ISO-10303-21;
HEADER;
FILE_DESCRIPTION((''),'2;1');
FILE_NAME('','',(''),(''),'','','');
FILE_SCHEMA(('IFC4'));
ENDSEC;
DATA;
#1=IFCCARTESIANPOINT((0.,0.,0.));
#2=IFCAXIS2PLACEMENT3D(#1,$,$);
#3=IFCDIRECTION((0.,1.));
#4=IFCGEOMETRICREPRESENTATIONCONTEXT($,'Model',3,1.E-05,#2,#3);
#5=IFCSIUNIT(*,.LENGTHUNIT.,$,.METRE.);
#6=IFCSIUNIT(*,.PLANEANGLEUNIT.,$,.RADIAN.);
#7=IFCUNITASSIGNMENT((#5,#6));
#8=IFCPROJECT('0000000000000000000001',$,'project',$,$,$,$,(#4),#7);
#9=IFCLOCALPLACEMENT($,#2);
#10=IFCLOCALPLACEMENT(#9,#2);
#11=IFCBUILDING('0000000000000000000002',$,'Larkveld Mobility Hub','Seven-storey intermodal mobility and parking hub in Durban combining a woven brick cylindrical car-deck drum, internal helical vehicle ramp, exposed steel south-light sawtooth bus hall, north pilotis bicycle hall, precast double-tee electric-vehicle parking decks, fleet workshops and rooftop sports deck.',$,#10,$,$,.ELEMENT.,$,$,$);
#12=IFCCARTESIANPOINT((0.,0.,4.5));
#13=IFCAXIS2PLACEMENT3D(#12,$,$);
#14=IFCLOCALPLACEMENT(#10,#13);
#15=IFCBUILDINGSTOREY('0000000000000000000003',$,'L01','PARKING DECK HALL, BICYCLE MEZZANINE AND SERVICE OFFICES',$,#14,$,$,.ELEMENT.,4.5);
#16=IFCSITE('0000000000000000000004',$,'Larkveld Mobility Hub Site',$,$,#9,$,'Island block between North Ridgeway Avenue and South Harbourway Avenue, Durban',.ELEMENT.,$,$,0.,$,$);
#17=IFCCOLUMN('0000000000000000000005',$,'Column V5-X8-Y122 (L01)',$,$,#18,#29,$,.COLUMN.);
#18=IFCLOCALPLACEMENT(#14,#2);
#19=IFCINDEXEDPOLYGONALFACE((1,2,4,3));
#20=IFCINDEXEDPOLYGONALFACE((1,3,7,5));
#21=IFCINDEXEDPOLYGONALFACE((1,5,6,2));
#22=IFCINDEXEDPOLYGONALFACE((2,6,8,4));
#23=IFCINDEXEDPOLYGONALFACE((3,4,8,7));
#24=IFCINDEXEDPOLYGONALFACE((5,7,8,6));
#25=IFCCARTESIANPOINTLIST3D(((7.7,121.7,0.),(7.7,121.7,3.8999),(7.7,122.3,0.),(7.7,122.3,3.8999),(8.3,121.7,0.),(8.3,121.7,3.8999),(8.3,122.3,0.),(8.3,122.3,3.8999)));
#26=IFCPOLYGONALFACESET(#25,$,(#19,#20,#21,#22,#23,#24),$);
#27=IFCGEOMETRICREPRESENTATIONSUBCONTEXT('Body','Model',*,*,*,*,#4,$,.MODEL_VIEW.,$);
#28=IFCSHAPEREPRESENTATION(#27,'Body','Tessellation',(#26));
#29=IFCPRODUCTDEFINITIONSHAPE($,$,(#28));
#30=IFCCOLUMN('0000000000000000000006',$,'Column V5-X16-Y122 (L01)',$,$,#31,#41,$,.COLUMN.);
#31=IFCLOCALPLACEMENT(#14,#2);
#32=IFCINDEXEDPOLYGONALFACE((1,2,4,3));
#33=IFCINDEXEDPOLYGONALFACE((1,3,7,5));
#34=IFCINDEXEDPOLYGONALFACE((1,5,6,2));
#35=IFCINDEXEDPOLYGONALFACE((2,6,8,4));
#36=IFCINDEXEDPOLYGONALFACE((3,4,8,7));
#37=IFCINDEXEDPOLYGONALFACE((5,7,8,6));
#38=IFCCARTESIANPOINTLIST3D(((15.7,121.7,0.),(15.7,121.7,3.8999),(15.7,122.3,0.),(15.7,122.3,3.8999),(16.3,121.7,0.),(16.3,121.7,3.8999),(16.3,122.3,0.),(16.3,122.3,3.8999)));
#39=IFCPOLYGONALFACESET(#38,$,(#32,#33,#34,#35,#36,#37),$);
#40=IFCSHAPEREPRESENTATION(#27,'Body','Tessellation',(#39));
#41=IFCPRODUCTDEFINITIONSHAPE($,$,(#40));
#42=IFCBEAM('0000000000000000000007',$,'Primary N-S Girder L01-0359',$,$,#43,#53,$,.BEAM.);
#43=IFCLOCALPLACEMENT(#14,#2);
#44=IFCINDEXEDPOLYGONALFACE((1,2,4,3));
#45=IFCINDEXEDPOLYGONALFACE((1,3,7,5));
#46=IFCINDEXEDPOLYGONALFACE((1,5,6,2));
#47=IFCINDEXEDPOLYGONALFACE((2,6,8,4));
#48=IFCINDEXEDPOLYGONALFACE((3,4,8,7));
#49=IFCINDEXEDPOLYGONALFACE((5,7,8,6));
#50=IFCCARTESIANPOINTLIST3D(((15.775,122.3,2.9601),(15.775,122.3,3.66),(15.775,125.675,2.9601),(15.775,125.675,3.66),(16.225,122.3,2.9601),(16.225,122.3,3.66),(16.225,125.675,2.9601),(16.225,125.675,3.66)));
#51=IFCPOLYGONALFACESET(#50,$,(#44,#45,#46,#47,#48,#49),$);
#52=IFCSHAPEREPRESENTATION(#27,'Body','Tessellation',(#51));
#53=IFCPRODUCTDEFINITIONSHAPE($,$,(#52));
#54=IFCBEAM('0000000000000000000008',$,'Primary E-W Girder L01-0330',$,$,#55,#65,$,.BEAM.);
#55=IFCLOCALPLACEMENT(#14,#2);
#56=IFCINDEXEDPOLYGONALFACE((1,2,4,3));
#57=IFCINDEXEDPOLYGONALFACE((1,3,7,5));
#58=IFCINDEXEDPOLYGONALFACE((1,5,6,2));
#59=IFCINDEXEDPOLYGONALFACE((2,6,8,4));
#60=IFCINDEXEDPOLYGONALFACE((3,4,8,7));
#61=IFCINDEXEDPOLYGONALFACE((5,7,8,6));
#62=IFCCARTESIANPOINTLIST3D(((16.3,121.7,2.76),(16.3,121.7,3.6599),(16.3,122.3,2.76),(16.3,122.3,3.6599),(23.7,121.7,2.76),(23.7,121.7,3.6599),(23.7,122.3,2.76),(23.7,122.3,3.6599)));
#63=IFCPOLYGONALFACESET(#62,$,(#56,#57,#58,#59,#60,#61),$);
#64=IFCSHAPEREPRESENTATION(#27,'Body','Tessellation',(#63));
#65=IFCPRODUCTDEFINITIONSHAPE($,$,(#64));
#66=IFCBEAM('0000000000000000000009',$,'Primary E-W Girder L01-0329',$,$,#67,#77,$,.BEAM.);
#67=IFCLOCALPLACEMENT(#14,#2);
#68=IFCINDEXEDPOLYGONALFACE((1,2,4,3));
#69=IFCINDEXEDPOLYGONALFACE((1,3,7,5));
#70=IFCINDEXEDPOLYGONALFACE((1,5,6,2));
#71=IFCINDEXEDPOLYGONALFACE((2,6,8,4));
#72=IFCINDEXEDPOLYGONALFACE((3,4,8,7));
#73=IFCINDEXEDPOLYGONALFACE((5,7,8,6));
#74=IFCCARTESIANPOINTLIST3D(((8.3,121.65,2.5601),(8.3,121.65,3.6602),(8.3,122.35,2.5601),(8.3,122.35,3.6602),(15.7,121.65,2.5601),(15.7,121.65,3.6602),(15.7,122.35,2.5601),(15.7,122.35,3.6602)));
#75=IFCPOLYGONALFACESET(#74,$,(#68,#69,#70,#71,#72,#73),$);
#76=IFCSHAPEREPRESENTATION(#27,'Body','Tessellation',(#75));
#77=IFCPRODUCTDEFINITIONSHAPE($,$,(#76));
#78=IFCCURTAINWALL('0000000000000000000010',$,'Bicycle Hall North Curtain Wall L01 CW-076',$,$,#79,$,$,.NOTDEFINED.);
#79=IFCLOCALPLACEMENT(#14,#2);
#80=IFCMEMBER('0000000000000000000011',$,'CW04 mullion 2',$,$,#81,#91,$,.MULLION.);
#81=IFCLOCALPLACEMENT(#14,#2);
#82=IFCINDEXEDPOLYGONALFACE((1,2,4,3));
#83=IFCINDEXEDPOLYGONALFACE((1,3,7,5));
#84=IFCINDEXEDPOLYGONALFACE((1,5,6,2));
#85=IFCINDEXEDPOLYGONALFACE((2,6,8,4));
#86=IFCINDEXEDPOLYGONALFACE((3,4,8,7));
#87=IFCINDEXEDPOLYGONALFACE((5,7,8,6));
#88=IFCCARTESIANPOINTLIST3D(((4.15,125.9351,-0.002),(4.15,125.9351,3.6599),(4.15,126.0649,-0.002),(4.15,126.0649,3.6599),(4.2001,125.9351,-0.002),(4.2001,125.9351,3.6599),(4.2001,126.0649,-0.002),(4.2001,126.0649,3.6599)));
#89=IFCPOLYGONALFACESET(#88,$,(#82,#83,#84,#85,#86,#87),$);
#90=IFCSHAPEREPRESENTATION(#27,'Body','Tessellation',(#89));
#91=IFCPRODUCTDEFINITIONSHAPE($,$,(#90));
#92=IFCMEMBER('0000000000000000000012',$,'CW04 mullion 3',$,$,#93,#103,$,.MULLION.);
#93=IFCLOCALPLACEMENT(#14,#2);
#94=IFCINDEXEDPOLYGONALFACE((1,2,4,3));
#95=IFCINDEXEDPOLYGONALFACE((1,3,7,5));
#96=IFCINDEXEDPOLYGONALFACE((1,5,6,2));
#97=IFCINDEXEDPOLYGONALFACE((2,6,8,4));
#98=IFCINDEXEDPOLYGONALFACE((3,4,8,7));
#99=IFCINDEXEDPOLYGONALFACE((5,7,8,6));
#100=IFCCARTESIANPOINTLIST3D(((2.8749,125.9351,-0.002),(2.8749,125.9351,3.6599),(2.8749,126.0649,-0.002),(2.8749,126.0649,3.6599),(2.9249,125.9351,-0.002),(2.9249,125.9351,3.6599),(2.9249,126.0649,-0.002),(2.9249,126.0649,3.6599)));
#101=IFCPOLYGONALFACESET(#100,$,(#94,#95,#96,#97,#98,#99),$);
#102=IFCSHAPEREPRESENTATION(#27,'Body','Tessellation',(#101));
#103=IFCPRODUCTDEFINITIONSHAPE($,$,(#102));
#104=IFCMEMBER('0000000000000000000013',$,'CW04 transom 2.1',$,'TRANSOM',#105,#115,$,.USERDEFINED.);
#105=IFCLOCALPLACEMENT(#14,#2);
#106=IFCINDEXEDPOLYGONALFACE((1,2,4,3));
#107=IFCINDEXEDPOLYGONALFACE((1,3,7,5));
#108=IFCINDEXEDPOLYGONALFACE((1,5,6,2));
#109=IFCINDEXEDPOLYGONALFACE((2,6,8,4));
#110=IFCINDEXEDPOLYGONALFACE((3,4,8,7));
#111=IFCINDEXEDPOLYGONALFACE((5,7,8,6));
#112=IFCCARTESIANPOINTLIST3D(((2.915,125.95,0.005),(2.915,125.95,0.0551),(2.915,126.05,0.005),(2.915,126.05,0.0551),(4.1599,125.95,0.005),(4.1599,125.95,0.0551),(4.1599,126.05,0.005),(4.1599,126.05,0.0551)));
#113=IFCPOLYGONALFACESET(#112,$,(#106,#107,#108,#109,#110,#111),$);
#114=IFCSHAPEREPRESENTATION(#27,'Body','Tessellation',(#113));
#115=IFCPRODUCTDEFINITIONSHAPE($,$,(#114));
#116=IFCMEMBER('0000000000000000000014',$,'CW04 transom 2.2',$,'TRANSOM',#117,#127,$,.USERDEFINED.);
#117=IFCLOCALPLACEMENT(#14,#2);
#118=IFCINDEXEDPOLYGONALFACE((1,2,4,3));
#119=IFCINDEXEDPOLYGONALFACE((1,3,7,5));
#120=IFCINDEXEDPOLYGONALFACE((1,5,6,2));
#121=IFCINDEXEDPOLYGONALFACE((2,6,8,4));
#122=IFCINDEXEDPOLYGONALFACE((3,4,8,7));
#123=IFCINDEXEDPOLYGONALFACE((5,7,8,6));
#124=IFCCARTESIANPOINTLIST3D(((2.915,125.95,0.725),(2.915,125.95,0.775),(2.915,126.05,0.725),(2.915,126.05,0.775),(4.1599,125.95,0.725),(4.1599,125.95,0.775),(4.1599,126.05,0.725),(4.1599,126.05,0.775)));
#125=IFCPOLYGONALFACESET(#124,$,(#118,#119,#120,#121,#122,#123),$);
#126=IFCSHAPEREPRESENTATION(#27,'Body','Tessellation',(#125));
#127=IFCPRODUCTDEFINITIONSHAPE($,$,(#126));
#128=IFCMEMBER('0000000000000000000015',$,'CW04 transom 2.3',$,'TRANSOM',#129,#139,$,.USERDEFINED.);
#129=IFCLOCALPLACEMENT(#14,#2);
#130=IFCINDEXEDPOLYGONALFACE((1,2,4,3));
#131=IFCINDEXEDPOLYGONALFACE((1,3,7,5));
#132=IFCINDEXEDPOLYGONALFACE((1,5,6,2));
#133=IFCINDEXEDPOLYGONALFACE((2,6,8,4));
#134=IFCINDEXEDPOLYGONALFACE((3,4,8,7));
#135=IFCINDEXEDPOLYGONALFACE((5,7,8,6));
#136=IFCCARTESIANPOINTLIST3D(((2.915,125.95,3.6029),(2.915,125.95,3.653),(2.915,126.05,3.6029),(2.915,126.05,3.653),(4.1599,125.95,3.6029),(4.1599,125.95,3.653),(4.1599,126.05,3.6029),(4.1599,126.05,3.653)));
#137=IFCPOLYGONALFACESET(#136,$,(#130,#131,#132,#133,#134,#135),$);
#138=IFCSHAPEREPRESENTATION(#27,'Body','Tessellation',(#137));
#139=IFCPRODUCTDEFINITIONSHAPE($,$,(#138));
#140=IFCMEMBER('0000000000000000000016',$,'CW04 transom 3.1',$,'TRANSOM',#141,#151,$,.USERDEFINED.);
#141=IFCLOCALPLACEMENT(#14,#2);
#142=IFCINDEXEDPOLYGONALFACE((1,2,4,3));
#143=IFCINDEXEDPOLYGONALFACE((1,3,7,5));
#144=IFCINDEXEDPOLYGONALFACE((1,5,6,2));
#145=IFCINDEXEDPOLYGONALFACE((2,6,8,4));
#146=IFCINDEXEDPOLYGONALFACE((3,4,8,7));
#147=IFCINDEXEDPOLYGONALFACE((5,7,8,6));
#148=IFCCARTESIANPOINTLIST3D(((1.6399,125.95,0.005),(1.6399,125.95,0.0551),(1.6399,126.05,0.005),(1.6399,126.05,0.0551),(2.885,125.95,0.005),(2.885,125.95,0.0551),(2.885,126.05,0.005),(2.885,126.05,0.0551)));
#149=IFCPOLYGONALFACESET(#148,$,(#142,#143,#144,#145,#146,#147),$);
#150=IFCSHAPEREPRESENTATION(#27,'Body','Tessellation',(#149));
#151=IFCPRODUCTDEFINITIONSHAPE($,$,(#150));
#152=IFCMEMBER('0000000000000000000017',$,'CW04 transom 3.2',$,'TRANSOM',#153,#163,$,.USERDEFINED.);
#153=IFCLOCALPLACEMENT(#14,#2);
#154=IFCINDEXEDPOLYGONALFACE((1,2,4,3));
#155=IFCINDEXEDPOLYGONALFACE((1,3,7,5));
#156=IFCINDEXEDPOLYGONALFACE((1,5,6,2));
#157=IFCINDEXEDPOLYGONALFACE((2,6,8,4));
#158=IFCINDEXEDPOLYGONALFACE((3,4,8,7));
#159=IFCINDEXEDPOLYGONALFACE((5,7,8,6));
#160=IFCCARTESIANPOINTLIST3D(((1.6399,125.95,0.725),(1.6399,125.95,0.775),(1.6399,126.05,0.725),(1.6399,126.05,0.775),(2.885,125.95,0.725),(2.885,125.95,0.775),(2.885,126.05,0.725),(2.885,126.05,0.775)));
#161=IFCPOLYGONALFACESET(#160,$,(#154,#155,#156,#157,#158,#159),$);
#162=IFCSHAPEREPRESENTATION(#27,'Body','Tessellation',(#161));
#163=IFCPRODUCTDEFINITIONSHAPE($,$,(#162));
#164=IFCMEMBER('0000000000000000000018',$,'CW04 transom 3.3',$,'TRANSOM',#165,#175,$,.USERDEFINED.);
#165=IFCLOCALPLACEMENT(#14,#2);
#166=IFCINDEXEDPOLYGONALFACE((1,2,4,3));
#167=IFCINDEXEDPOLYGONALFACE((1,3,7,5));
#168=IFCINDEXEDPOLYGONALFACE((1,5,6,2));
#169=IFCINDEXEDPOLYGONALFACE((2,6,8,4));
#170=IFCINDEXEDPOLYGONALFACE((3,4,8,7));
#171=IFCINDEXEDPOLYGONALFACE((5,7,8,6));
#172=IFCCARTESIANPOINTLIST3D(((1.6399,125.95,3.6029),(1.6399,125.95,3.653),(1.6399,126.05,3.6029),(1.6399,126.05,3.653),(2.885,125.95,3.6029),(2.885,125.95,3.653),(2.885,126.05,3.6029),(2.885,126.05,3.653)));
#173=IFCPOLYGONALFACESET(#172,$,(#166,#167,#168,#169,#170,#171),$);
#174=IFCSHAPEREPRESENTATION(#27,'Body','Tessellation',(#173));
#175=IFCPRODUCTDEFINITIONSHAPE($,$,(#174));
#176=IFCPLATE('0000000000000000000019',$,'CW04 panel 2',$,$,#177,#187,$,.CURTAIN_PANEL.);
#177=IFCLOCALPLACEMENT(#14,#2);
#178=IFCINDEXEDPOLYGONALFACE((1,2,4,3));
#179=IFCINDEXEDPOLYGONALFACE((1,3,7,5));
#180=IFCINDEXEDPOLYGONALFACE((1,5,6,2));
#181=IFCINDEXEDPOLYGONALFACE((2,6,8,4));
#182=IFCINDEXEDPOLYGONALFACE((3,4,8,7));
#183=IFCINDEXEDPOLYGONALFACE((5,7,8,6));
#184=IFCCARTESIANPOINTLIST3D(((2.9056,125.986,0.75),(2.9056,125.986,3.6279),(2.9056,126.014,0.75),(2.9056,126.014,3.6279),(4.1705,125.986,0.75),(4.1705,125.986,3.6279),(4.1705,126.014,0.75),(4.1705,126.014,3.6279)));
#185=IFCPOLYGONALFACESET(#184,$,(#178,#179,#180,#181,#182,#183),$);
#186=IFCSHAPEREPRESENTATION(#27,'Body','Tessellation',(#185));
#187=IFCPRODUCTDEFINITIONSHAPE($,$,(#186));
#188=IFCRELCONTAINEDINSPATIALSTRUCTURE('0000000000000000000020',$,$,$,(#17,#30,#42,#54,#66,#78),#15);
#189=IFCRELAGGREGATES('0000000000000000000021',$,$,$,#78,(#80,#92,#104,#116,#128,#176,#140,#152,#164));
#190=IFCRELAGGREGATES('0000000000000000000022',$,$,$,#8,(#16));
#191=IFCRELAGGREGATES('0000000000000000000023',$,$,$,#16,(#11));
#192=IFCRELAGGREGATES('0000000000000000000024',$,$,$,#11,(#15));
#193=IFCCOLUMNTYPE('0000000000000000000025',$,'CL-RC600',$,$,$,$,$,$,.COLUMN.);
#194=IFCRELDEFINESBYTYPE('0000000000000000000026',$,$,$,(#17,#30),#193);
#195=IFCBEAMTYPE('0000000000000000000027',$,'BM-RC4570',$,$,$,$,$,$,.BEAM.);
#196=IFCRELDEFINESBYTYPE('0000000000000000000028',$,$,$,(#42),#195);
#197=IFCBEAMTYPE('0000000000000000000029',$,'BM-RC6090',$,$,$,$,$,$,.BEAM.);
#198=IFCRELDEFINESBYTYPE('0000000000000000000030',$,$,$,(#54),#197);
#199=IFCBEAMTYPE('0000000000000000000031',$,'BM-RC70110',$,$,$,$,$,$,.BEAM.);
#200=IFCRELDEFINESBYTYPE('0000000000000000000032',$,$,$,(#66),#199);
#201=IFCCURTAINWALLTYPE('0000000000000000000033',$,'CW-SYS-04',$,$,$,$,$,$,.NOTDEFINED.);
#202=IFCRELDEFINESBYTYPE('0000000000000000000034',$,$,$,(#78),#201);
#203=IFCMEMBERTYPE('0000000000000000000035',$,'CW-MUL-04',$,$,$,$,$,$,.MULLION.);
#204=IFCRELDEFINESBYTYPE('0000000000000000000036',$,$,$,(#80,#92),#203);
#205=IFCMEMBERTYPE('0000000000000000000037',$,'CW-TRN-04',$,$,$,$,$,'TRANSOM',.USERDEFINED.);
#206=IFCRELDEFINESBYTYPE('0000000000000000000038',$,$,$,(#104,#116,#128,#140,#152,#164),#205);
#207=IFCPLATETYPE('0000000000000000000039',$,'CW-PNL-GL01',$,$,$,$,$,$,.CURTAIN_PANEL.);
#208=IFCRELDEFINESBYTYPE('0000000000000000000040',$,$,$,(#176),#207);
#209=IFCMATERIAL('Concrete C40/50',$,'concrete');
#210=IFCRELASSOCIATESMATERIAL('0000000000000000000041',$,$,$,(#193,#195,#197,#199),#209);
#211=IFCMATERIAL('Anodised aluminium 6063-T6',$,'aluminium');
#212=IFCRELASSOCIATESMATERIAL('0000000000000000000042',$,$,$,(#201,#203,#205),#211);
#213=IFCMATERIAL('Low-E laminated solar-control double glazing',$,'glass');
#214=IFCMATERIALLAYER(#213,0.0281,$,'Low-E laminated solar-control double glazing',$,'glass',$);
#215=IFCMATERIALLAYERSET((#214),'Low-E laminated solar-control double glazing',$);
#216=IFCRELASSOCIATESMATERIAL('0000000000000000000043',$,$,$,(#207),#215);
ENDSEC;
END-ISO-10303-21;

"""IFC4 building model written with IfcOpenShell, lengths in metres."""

from ifc_helpers import new_model, si_unit, direction, frame, origin, origin_2d, place, context, subcontext, project, spatial, rectangle, extrude, material, layer, layer_set, material_profile, profile_set, type_object, element, aggregate, save


model = new_model("IFC4")

# Units and contexts
model_context = context("Model", 3, precision=1e-05, world=origin(), true_north=direction((0.0, 1.0)))
body_context = subcontext(model_context, "Body", "Model", "MODEL_VIEW")
ifc_project = project(units=[si_unit("LENGTHUNIT", "METRE"), si_unit("PLANEANGLEUNIT", "RADIAN")], contexts=[model_context])

# Site, building, storey
site_placement = place(None, origin())
site = spatial("IfcSite", under=ifc_project, at=site_placement, Name="Larkveld Mobility Hub Site", LongName="Island block between North Ridgeway Avenue and South Harbourway Avenue, Durban", CompositionType="ELEMENT", RefElevation=0.0)
building_placement = place(site_placement, origin())
building = spatial("IfcBuilding", under=site, at=building_placement, Name="Larkveld Mobility Hub", Description="Seven-storey intermodal mobility and parking hub in Durban combining a woven brick cylindrical car-deck drum, internal helical vehicle ramp, exposed steel south-light sawtooth bus hall, north pilotis bicycle hall, precast double-tee electric-vehicle parking decks, fleet workshops and rooftop sports deck.", CompositionType="ELEMENT")
storey_placement = place(building_placement, frame((0.0, 0.0, 4.5)))
storey = spatial("IfcBuildingStorey", under=building, at=storey_placement, Name="L01", Description="PARKING DECK HALL, BICYCLE MEZZANINE AND SERVICE OFFICES", CompositionType="ELEMENT", Elevation=4.5)

# Columns
ifc_material_1 = material(Name="Concrete C40/50", Category="concrete")
ifc_material_profile_1 = material_profile(ifc_material_1, rectangle(XDim=0.6001, YDim=0.6001, at=origin_2d()), Name="RC COL 600x600")
ifc_profile_set_1 = profile_set([ifc_material_profile_1], Name="Concrete C40/50")
column_type = type_object("IfcColumnType", Name="CL-RC600", PredefinedType="COLUMN", material=ifc_profile_set_1)
for number, where, z_axis, x_axis, name in (
    (1, (8.0, 122.0, 0.0), (0.0, 0.0, 1.0), (1.0, 0.0, 0.0), "Column V5-X8-Y122 (L01)"),
    (2, (16.0, 122.0, 0.0), (0.0, 0.0, 1.0), (1.0, 0.0, 0.0), "Column V5-X16-Y122 (L01)"),
):
    element("IfcColumn", number, at=place(storey_placement, frame(where, z_axis=z_axis, x_axis=x_axis)), inside=storey, type_object=column_type, Name=name, PredefinedType="COLUMN", context=body_context, shape_type="SweptSolid", body=[
        extrude(rectangle(XDim=0.6001, YDim=0.6001, at=origin_2d()), origin(), (0.0, 0.0, 1.0), 3.8999),
    ])

# Beams
ifc_material_profile_2 = material_profile(ifc_material_1, rectangle(XDim=0.45, YDim=0.7, at=origin_2d()), Name="RC BM 450x700")
ifc_profile_set_2 = profile_set([ifc_material_profile_2], Name="Concrete C40/50")
beam_type_1 = type_object("IfcBeamType", Name="BM-RC4570", PredefinedType="BEAM", material=ifc_profile_set_2)
beam_1_placement = place(storey_placement, frame((16.0, 122.3, 3.3101), z_axis=(0.0, 1.0, 0.0), x_axis=(-1.0, 0.0, 0.0)))
element("IfcBeam", 3, at=beam_1_placement, inside=storey, type_object=beam_type_1, Name="Primary N-S Girder L01-0359", PredefinedType="BEAM", context=body_context, shape_type="SweptSolid", body=[
    extrude(rectangle(XDim=0.45, YDim=0.7, at=origin_2d()), origin(), (0.0, 0.0, 1.0), 3.375),
])
ifc_material_profile_3 = material_profile(ifc_material_1, rectangle(XDim=0.6001, YDim=0.8999, at=origin_2d()), Name="RC BM 600x900")
ifc_profile_set_3 = profile_set([ifc_material_profile_3], Name="Concrete C40/50")
beam_type_2 = type_object("IfcBeamType", Name="BM-RC6090", PredefinedType="BEAM", material=ifc_profile_set_3)
beam_2_placement = place(storey_placement, frame((16.3, 122.0, 3.21), z_axis=(1.0, 0.0, 0.0), x_axis=(0.0, 1.0, 0.0)))
element("IfcBeam", 4, at=beam_2_placement, inside=storey, type_object=beam_type_2, Name="Primary E-W Girder L01-0330", PredefinedType="BEAM", context=body_context, shape_type="SweptSolid", body=[
    extrude(rectangle(XDim=0.6001, YDim=0.8999, at=origin_2d()), origin(), (0.0, 0.0, 1.0), 7.3999),
])
ifc_material_profile_4 = material_profile(ifc_material_1, rectangle(XDim=0.7, YDim=1.1001, at=origin_2d()), Name="RC BM 700x1100")
ifc_profile_set_4 = profile_set([ifc_material_profile_4], Name="Concrete C40/50")
beam_type_3 = type_object("IfcBeamType", Name="BM-RC70110", PredefinedType="BEAM", material=ifc_profile_set_4)
beam_3_placement = place(storey_placement, frame((8.3, 122.0, 3.1101), z_axis=(1.0, 0.0, 0.0), x_axis=(0.0, 1.0, 0.0)))
element("IfcBeam", 5, at=beam_3_placement, inside=storey, type_object=beam_type_3, Name="Primary E-W Girder L01-0329", PredefinedType="BEAM", context=body_context, shape_type="SweptSolid", body=[
    extrude(rectangle(XDim=0.7, YDim=1.1001, at=origin_2d()), origin(), (0.0, 0.0, 1.0), 7.3999),
])

# Curtain wall, members, plate
ifc_material_2 = material(Name="Anodised aluminium 6063-T6", Category="aluminium")
curtain_wall_type = type_object("IfcCurtainWallType", Name="CW-SYS-04", PredefinedType="NOTDEFINED", material=ifc_material_2)
curtain_wall_placement = place(storey_placement, origin())
curtain_wall = element("IfcCurtainWall", 6, at=curtain_wall_placement, inside=storey, type_object=curtain_wall_type, Name="Bicycle Hall North Curtain Wall L01 CW-076", PredefinedType="NOTDEFINED")
ifc_material_profile_5 = material_profile(ifc_material_2, rectangle(XDim=0.05, YDim=0.1299, at=origin_2d()), Name="ALU MULL 50x130")
ifc_profile_set_5 = profile_set([ifc_material_profile_5], Name="Anodised aluminium 6063-T6")
member_type_1 = type_object("IfcMemberType", Name="CW-MUL-04", PredefinedType="MULLION", material=ifc_profile_set_5)
member_1_placement = place(storey_placement, frame((4.175, 126.0, -0.002), z_axis=(0.0, 0.0, 1.0), x_axis=(-1.0, 0.0, 0.0)))
member_1 = element("IfcMember", 7, at=member_1_placement, type_object=member_type_1, Name="CW04 mullion 2", PredefinedType="MULLION", context=body_context, shape_type="SweptSolid", body=[
    extrude(rectangle(XDim=0.05, YDim=0.1299, at=origin_2d()), origin(), (0.0, 0.0, 1.0), 3.6619),
])
member_2_placement = place(storey_placement, frame((2.8999, 126.0, -0.002), z_axis=(0.0, 0.0, 1.0), x_axis=(-1.0, 0.0, 0.0)))
member_2 = element("IfcMember", 8, at=member_2_placement, type_object=member_type_1, Name="CW04 mullion 3", PredefinedType="MULLION", context=body_context, shape_type="SweptSolid", body=[
    extrude(rectangle(XDim=0.05, YDim=0.1299, at=origin_2d()), origin(), (0.0, 0.0, 1.0), 3.6619),
])
ifc_material_profile_6 = material_profile(ifc_material_2, rectangle(XDim=0.1001, YDim=0.05, at=origin_2d()), Name="ALU TRAN 50x100")
ifc_profile_set_6 = profile_set([ifc_material_profile_6], Name="Anodised aluminium 6063-T6")
member_type_2 = type_object("IfcMemberType", Name="CW-TRN-04", ElementType="TRANSOM", PredefinedType="USERDEFINED", material=ifc_profile_set_6)
member_3_placement = place(storey_placement, frame((4.1599, 126.0, 0.03), z_axis=(-1.0, 0.0, 0.0), x_axis=(0.0, -1.0, 0.0)))
member_3 = element("IfcMember", 9, at=member_3_placement, type_object=member_type_2, Name="CW04 transom 2.1", ObjectType="TRANSOM", PredefinedType="USERDEFINED", context=body_context, shape_type="SweptSolid", body=[
    extrude(rectangle(XDim=0.1001, YDim=0.05, at=origin_2d()), origin(), (0.0, 0.0, 1.0), 1.2449),
])
member_4_placement = place(storey_placement, frame((4.1599, 126.0, 0.75), z_axis=(-1.0, 0.0, 0.0), x_axis=(0.0, -1.0, 0.0)))
member_4 = element("IfcMember", 10, at=member_4_placement, type_object=member_type_2, Name="CW04 transom 2.2", ObjectType="TRANSOM", PredefinedType="USERDEFINED", context=body_context, shape_type="SweptSolid", body=[
    extrude(rectangle(XDim=0.1001, YDim=0.05, at=origin_2d()), origin(), (0.0, 0.0, 1.0), 1.2449),
])
member_5_placement = place(storey_placement, frame((4.1599, 126.0, 3.6279), z_axis=(-1.0, 0.0, 0.0), x_axis=(0.0, -1.0, 0.0)))
member_5 = element("IfcMember", 11, at=member_5_placement, type_object=member_type_2, Name="CW04 transom 2.3", ObjectType="TRANSOM", PredefinedType="USERDEFINED", context=body_context, shape_type="SweptSolid", body=[
    extrude(rectangle(XDim=0.1001, YDim=0.05, at=origin_2d()), origin(), (0.0, 0.0, 1.0), 1.2449),
])
member_6_placement = place(storey_placement, frame((2.885, 126.0, 0.03), z_axis=(-1.0, 0.0, 0.0), x_axis=(0.0, -1.0, 0.0)))
member_6 = element("IfcMember", 12, at=member_6_placement, type_object=member_type_2, Name="CW04 transom 3.1", ObjectType="TRANSOM", PredefinedType="USERDEFINED", context=body_context, shape_type="SweptSolid", body=[
    extrude(rectangle(XDim=0.1001, YDim=0.05, at=origin_2d()), origin(), (0.0, 0.0, 1.0), 1.2451),
])
member_7_placement = place(storey_placement, frame((2.885, 126.0, 0.75), z_axis=(-1.0, 0.0, 0.0), x_axis=(0.0, -1.0, 0.0)))
member_7 = element("IfcMember", 13, at=member_7_placement, type_object=member_type_2, Name="CW04 transom 3.2", ObjectType="TRANSOM", PredefinedType="USERDEFINED", context=body_context, shape_type="SweptSolid", body=[
    extrude(rectangle(XDim=0.1001, YDim=0.05, at=origin_2d()), origin(), (0.0, 0.0, 1.0), 1.2451),
])
member_8_placement = place(storey_placement, frame((2.885, 126.0, 3.6279), z_axis=(-1.0, 0.0, 0.0), x_axis=(0.0, -1.0, 0.0)))
member_8 = element("IfcMember", 14, at=member_8_placement, type_object=member_type_2, Name="CW04 transom 3.3", ObjectType="TRANSOM", PredefinedType="USERDEFINED", context=body_context, shape_type="SweptSolid", body=[
    extrude(rectangle(XDim=0.1001, YDim=0.05, at=origin_2d()), origin(), (0.0, 0.0, 1.0), 1.2451),
])
ifc_material_3 = material(Name="Low-E laminated solar-control double glazing", Category="glass")
ifc_layer_1 = layer(ifc_material_3, 0.0281, Name="Low-E laminated solar-control double glazing", Category="glass")
ifc_layer_set_1 = layer_set([ifc_layer_1], Name="Low-E laminated solar-control double glazing")
plate_type_1 = type_object("IfcPlateType", Name="CW-PNL-GL01", PredefinedType="CURTAIN_PANEL", material=ifc_layer_set_1)
plate_1_placement = place(storey_placement, frame((3.5381, 126.0, 0.75), z_axis=(0.0, 0.0, 1.0), x_axis=(-1.0, 0.0, 0.0)))
plate_1 = element("IfcPlate", 15, at=plate_1_placement, type_object=plate_type_1, Name="CW04 panel 2", PredefinedType="CURTAIN_PANEL", context=body_context, shape_type="SweptSolid", body=[
    extrude(rectangle(XDim=1.2649, YDim=0.0281, at=origin_2d()), origin(), (0.0, 0.0, 1.0), 2.8779),
])
aggregate(curtain_wall, [member_1, member_2, member_3, member_4, member_5, plate_1, member_6, member_7, member_8])

save(model, "model.ifc")
